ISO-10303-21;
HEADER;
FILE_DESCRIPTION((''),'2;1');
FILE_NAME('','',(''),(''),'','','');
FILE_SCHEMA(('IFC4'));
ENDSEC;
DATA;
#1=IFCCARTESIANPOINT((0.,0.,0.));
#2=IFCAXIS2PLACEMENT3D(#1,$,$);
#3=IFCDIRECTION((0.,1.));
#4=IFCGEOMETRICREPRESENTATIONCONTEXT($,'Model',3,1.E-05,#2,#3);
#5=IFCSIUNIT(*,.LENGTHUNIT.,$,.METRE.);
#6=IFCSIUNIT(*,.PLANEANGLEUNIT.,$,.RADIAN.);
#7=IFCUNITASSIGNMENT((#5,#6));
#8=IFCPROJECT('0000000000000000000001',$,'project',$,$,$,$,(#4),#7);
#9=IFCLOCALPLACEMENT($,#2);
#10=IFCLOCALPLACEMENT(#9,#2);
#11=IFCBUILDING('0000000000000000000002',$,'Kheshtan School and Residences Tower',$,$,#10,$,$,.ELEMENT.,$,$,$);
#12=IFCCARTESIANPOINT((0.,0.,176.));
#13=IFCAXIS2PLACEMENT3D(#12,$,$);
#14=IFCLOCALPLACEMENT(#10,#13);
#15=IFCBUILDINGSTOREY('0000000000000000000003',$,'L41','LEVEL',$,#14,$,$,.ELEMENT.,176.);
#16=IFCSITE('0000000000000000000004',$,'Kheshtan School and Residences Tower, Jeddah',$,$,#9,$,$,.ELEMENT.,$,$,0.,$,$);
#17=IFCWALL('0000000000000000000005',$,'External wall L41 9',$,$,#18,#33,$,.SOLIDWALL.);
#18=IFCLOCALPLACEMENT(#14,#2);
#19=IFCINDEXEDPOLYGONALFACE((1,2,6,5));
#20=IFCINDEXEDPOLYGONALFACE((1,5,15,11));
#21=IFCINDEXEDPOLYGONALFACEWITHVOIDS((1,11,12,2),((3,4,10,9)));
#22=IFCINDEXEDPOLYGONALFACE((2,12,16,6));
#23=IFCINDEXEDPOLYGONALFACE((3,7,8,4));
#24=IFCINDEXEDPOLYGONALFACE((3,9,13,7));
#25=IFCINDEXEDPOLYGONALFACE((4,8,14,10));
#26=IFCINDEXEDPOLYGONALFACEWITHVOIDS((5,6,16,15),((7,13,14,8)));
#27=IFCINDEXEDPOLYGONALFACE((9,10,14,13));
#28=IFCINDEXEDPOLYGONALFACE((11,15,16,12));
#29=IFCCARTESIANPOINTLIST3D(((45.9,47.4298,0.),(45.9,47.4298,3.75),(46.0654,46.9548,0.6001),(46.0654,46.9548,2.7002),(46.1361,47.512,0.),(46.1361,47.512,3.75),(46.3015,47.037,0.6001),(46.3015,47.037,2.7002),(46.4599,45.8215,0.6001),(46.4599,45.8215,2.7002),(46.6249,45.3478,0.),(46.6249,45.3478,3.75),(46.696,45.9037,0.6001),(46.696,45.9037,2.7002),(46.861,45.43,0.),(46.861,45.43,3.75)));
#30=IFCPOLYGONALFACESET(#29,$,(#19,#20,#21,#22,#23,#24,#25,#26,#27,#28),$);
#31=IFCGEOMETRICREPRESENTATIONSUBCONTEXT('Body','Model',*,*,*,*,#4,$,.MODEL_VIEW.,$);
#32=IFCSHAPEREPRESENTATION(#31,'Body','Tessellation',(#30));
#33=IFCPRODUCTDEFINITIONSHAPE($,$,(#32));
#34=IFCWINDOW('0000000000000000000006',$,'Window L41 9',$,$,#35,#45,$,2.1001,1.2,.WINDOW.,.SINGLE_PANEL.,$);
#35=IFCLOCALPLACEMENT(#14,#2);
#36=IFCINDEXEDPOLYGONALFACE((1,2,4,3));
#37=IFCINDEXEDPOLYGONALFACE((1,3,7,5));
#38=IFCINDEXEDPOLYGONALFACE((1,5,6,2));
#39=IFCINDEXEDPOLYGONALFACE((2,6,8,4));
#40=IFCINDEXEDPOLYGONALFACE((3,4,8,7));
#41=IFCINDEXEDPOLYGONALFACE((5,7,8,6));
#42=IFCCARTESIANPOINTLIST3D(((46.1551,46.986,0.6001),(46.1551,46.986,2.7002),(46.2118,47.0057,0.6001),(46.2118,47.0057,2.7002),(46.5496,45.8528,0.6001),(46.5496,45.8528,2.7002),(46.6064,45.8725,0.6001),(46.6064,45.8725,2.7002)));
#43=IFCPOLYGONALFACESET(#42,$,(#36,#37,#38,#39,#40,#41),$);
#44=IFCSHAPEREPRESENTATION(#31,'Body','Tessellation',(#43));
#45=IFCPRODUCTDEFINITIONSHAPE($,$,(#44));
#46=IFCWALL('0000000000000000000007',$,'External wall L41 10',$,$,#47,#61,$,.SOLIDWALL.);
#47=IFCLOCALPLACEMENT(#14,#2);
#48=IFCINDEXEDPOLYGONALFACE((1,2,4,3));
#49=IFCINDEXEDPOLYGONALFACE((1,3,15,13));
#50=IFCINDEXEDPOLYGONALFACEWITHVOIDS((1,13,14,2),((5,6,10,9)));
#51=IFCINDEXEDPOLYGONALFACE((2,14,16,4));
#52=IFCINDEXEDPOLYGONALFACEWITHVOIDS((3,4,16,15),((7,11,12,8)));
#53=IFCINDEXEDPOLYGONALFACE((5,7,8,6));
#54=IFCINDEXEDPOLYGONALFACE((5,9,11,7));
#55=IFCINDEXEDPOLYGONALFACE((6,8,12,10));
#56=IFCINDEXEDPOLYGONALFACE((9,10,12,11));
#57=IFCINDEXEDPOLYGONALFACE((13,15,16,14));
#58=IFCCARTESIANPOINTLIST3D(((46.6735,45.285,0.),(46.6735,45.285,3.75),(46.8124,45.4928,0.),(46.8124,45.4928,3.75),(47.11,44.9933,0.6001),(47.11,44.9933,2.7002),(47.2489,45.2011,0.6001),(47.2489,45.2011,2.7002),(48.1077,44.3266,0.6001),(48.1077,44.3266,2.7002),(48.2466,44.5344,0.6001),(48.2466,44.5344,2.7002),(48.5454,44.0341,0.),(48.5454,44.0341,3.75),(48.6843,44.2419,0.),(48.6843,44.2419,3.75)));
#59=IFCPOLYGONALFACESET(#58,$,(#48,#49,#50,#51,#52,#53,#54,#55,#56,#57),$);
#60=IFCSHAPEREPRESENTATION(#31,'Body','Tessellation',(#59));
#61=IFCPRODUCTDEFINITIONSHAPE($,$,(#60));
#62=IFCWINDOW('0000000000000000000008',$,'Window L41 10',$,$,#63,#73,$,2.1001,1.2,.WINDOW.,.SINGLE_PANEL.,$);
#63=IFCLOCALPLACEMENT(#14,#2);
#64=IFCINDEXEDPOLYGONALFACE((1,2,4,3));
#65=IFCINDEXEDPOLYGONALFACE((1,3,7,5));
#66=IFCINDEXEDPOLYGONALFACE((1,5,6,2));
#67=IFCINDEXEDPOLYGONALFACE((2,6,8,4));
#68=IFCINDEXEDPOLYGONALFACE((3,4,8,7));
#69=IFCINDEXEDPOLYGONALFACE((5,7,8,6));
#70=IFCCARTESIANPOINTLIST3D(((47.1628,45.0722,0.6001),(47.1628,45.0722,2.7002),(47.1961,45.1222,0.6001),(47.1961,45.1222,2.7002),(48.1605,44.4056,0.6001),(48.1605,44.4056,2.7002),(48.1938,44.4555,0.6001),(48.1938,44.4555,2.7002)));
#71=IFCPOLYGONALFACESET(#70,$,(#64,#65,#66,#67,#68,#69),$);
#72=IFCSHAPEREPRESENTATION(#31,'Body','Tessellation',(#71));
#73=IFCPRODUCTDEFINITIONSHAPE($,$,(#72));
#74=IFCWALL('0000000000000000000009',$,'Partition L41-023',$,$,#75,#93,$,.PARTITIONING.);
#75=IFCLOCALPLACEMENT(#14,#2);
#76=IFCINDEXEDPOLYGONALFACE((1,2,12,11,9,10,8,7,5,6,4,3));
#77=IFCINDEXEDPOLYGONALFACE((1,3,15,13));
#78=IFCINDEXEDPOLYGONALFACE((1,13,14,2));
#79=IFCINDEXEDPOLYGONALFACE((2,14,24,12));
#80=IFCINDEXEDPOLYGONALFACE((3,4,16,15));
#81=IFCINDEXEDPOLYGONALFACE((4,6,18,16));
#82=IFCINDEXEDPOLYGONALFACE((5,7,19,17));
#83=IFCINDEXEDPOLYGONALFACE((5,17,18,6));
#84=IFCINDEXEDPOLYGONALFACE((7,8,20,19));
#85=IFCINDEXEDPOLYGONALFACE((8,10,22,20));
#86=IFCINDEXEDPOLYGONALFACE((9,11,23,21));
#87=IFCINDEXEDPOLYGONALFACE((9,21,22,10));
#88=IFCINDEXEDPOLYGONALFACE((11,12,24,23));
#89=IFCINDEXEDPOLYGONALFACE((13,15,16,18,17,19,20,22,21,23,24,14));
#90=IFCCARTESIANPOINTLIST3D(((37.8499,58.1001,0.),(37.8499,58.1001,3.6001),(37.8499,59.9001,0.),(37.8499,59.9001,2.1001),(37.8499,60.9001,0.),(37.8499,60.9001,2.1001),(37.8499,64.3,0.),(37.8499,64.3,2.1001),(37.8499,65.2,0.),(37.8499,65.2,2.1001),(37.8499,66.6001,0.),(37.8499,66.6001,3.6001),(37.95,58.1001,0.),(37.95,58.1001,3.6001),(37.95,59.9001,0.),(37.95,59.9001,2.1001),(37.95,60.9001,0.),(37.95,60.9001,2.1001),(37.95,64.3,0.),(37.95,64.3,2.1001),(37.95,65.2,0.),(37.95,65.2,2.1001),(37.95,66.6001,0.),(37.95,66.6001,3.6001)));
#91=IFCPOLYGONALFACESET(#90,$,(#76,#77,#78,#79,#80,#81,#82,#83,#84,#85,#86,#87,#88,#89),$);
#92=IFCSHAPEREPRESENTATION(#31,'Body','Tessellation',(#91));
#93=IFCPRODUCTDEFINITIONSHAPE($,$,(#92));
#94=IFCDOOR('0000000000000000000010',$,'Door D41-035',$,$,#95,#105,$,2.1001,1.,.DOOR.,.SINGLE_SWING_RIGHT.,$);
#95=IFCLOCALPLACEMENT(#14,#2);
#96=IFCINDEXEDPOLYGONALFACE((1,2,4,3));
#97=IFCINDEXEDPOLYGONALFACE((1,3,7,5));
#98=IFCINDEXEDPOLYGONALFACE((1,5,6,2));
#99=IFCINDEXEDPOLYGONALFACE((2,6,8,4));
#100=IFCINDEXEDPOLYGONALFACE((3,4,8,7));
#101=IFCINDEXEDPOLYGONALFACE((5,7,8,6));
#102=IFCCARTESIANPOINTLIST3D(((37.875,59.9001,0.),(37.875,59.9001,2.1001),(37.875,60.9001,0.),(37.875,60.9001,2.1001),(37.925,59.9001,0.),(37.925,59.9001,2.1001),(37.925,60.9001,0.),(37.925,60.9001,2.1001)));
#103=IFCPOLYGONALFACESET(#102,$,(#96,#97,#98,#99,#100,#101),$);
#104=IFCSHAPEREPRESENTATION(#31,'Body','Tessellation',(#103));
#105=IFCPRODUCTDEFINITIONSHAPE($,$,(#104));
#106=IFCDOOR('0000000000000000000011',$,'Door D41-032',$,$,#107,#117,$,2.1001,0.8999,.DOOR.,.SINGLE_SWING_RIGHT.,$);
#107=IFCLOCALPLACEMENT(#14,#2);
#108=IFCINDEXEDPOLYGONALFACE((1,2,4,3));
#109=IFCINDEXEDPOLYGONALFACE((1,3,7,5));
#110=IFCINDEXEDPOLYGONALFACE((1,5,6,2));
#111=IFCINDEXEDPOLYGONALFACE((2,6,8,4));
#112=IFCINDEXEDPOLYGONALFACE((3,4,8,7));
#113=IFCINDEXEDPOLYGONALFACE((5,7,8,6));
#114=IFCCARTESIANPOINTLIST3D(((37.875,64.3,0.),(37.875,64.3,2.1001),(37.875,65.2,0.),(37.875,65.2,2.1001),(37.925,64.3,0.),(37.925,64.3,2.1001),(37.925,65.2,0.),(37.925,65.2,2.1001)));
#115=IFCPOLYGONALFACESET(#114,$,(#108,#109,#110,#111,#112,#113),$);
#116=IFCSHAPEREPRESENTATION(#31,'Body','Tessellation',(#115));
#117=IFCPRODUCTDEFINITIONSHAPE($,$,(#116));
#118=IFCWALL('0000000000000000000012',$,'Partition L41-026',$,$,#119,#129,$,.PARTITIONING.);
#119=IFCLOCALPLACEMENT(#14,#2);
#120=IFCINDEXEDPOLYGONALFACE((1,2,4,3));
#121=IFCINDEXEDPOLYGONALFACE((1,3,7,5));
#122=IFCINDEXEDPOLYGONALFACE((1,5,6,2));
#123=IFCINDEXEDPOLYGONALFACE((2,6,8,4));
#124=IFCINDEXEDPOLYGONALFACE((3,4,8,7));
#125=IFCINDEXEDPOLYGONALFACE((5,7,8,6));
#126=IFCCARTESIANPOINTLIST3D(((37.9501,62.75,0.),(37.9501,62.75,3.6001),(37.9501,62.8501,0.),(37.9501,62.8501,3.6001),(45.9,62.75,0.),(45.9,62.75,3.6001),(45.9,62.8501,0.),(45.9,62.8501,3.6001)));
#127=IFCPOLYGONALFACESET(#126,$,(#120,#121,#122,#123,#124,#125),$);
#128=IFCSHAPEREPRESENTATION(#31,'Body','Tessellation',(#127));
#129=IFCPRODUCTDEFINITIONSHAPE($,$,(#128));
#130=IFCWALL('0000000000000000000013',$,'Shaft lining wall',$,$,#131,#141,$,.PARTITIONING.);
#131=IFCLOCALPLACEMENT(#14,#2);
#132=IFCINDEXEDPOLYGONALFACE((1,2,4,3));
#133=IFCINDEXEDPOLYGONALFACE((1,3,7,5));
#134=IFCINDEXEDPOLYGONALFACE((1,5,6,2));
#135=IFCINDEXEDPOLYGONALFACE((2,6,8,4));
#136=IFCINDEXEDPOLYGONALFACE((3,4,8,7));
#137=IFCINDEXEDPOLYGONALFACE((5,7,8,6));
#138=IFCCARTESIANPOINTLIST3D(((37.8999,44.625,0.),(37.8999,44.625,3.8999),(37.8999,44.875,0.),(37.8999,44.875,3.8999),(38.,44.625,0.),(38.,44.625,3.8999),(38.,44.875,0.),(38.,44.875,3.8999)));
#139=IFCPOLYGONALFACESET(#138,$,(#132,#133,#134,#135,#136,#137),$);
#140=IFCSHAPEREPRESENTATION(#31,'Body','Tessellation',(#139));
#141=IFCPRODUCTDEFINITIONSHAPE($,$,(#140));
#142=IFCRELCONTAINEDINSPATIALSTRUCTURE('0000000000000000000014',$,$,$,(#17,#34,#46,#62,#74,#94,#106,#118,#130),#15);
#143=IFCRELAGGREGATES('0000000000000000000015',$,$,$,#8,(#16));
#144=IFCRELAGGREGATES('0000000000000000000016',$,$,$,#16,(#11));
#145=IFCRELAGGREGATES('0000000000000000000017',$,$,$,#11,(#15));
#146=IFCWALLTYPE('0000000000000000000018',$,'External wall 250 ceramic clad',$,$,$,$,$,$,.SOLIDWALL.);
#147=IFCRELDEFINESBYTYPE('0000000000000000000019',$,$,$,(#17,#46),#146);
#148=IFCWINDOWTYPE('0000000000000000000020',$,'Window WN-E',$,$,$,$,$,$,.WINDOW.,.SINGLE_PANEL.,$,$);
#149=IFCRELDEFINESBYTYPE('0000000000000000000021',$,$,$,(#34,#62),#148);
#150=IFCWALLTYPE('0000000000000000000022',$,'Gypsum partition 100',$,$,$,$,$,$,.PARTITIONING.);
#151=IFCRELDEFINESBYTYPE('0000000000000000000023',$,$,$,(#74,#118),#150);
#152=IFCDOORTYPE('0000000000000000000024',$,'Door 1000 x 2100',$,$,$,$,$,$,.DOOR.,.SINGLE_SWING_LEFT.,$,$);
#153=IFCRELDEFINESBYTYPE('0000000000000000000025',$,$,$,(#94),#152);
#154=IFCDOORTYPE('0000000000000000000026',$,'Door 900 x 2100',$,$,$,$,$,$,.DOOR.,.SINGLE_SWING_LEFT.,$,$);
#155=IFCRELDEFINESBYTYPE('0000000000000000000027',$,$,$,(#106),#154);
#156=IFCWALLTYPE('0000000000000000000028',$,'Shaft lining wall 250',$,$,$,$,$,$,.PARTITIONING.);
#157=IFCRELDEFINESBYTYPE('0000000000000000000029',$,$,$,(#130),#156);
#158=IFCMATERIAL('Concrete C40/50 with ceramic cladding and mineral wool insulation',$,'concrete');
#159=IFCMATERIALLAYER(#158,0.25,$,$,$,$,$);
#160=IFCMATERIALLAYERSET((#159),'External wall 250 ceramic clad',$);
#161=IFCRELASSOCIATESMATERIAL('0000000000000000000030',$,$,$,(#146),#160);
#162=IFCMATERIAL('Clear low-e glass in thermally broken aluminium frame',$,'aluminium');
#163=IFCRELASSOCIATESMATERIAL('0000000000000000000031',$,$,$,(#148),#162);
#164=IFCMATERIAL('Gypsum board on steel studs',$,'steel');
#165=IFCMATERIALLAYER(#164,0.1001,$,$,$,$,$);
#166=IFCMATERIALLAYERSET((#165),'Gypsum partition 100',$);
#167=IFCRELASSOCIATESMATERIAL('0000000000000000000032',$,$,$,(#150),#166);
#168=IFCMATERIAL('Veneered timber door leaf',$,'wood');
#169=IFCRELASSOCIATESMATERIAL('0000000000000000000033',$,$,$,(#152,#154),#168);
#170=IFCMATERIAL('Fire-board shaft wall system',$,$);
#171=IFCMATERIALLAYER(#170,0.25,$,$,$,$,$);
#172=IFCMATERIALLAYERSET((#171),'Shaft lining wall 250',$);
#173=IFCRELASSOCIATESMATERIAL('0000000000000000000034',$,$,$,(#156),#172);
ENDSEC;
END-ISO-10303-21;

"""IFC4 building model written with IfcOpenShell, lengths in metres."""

from ifc_helpers import new_model, si_unit, direction, frame, frame_2d, origin, place, context, subcontext, project, spatial, rectangle, extrude, source, transform, mapped, material, layer, layer_set, type_object, element, fill, save


model = new_model("IFC4")

# Units and contexts
model_context = context("Model", 3, precision=1e-05, world=origin(), true_north=direction((0.0, 1.0)))
body_context = subcontext(model_context, "Body", "Model", "MODEL_VIEW")
ifc_project = project(units=[si_unit("LENGTHUNIT", "METRE"), si_unit("PLANEANGLEUNIT", "RADIAN")], contexts=[model_context])

# Site, building, storey
site_placement = place(None, origin())
site = spatial("IfcSite", under=ifc_project, at=site_placement, Name="Kheshtan School and Residences Tower, Jeddah", CompositionType="ELEMENT", RefElevation=0.0)
building_placement = place(site_placement, origin())
building = spatial("IfcBuilding", under=site, at=building_placement, Name="Kheshtan School and Residences Tower", CompositionType="ELEMENT")
storey_placement = place(building_placement, frame((0.0, 0.0, 176.0)))
storey = spatial("IfcBuildingStorey", under=building, at=storey_placement, Name="L41", Description="LEVEL", CompositionType="ELEMENT", Elevation=176.0)

# Shared definitions
ifc_material_1 = material(Name="Clear low-e glass in thermally broken aluminium frame", Category="aluminium")

# Walls, openings, windows
ifc_material_2 = material(Name="Concrete C40/50 with ceramic cladding and mineral wool insulation", Category="concrete")
ifc_layer_1 = layer(ifc_material_2, 0.25)
ifc_layer_set_1 = layer_set([ifc_layer_1], Name="External wall 250 ceramic clad")
wall_type_1 = type_object("IfcWallType", Name="External wall 250 ceramic clad", PredefinedType="SOLIDWALL", material=ifc_layer_set_1)
wall_1_placement = place(storey_placement, frame((46.0181, 47.4709, 0.0), z_axis=(0.0, 0.0, 1.0), x_axis=(0.328791, -0.944403, 0.0)))
wall_1 = element("IfcWall", 1, at=wall_1_placement, inside=storey, type_object=wall_type_1, Name="External wall L41 9", PredefinedType="SOLIDWALL", context=body_context, shape_type="SweptSolid", body=[
    extrude(rectangle(XDim=2.2046, YDim=0.25, at=frame_2d((1.1023, 0.0))), origin(), (0.0, 0.0, 1.0), 3.75),
])
opening_1_placement = place(wall_1_placement, frame((0.5029, 0.0, 0.6001)))
opening_1 = element("IfcOpeningElement", 2, at=opening_1_placement, cuts=wall_1, PredefinedType="OPENING", context=body_context, shape_type="SweptSolid", body=[
    extrude(rectangle(XDim=1.2, YDim=2.1001, at=frame_2d((0.6001, 1.05))), frame((0.0, 0.135, 0.0), z_axis=(0.0, -1.0, 0.0), x_axis=(1.0, 0.0, 0.0)), (0.0, 0.0, 1.0), 0.27),
])
window_type = type_object("IfcWindowType", Name="Window WN-E", PartitioningType="SINGLE_PANEL", PredefinedType="WINDOW", material=ifc_material_1)
shared_shape_1 = source(origin(), body_context, "Body", "SweptSolid", [
    extrude(rectangle(XDim=1.2, YDim=2.1001, at=frame_2d((0.6001, 1.05))), frame((0.0, 0.03, 0.0), z_axis=(0.0, -1.0, 0.0), x_axis=(1.0, 0.0, 0.0)), (0.0, 0.0, 1.0), 0.0601),
])
window_1_placement = place(opening_1_placement, origin())
window_1 = element("IfcWindow", 3, at=window_1_placement, inside=storey, type_object=window_type, Name="Window L41 9", OverallHeight=2.1001, OverallWidth=1.2, PartitioningType="SINGLE_PANEL", PredefinedType="WINDOW", context=body_context, shape_type="MappedRepresentation", body=[
    mapped(shared_shape_1, transform((0.0, 0.0, 0.0), x_axis=(1.0, 0.0, 0.0), y_axis=(0.0, 1.0, 0.0), z_axis=(0.0, 0.0, 1.0), scale=1.0)),
])
fill(opening_1, window_1)
wall_2_placement = place(storey_placement, frame((46.7429, 45.3889, 0.0), z_axis=(0.0, 0.0, 1.0), x_axis=(0.831449, -0.555601, 0.0)))
wall_2 = element("IfcWall", 4, at=wall_2_placement, inside=storey, type_object=wall_type_1, Name="External wall L41 10", PredefinedType="SOLIDWALL", context=body_context, shape_type="SweptSolid", body=[
    extrude(rectangle(XDim=2.2515, YDim=0.25, at=frame_2d((1.1257, 0.0))), origin(), (0.0, 0.0, 1.0), 3.75),
])
opening_2_placement = place(wall_2_placement, frame((0.5249, 0.0, 0.6001)))
opening_2 = element("IfcOpeningElement", 5, at=opening_2_placement, cuts=wall_2, PredefinedType="OPENING", context=body_context, shape_type="SweptSolid", body=[
    extrude(rectangle(XDim=1.2, YDim=2.1001, at=frame_2d((0.6001, 1.05))), frame((0.0, 0.135, 0.0), z_axis=(0.0, -1.0, 0.0), x_axis=(1.0, 0.0, 0.0)), (0.0, 0.0, 1.0), 0.27),
])
window_2_placement = place(opening_2_placement, origin())
window_2 = element("IfcWindow", 6, at=window_2_placement, inside=storey, type_object=window_type, Name="Window L41 10", OverallHeight=2.1001, OverallWidth=1.2, PartitioningType="SINGLE_PANEL", PredefinedType="WINDOW", context=body_context, shape_type="MappedRepresentation", body=[
    mapped(shared_shape_1, transform((0.0, 0.0, 0.0), x_axis=(1.0, 0.0, 0.0), y_axis=(0.0, 1.0, 0.0), z_axis=(0.0, 0.0, 1.0), scale=1.0)),
])
fill(opening_2, window_2)

# Wall, openings, doors
ifc_material_3 = material(Name="Gypsum board on steel studs", Category="steel")
ifc_layer_2 = layer(ifc_material_3, 0.1001)
ifc_layer_set_2 = layer_set([ifc_layer_2], Name="Gypsum partition 100")
wall_type_2 = type_object("IfcWallType", Name="Gypsum partition 100", PredefinedType="PARTITIONING", material=ifc_layer_set_2)
wall_3_placement = place(storey_placement, frame((37.8999, 58.1001, 0.0), z_axis=(0.0, 0.0, 1.0), x_axis=(0.0, 1.0, 0.0)))
wall_3 = element("IfcWall", 7, at=wall_3_placement, inside=storey, type_object=wall_type_2, Name="Partition L41-023", PredefinedType="PARTITIONING", context=body_context, shape_type="SweptSolid", body=[
    extrude(rectangle(XDim=8.5, YDim=0.1001, at=frame_2d((4.25, 0.0))), origin(), (0.0, 0.0, 1.0), 3.6001),
])
opening_3_placement = place(wall_3_placement, frame((6.2, 0.0, 0.0)))
opening_3 = element("IfcOpeningElement", 8, at=opening_3_placement, cuts=wall_3, PredefinedType="OPENING", context=body_context, shape_type="SweptSolid", body=[
    extrude(rectangle(XDim=0.8999, YDim=2.1001, at=frame_2d((0.45, 1.05))), frame((0.0, 0.0601, 0.0), z_axis=(0.0, -1.0, 0.0), x_axis=(1.0, 0.0, 0.0)), (0.0, 0.0, 1.0), 0.1201),
])
opening_4_placement = place(wall_3_placement, frame((1.8, 0.0, 0.0)))
opening_4 = element("IfcOpeningElement", 9, at=opening_4_placement, cuts=wall_3, PredefinedType="OPENING", context=body_context, shape_type="SweptSolid", body=[
    extrude(rectangle(XDim=1.0, YDim=2.1001, at=frame_2d((0.5, 1.05))), frame((0.0, 0.0601, 0.0), z_axis=(0.0, -1.0, 0.0), x_axis=(1.0, 0.0, 0.0)), (0.0, 0.0, 1.0), 0.1201),
])
ifc_material_4 = material(Name="Veneered timber door leaf", Category="wood")
door_type_1 = type_object("IfcDoorType", Name="Door 1000 x 2100", OperationType="SINGLE_SWING_LEFT", PredefinedType="DOOR", material=ifc_material_4)
shared_shape_2 = source(origin(), body_context, "Body", "SweptSolid", [
    extrude(rectangle(XDim=1.0, YDim=2.1001, at=frame_2d((0.5, 1.05))), frame((0.0, 0.0249, 0.0), z_axis=(0.0, -1.0, 0.0), x_axis=(1.0, 0.0, 0.0)), (0.0, 0.0, 1.0), 0.05),
])
door_1_placement = place(opening_4_placement, origin())
door_1 = element("IfcDoor", 10, at=door_1_placement, inside=storey, type_object=door_type_1, Name="Door D41-035", OperationType="SINGLE_SWING_RIGHT", OverallHeight=2.1001, OverallWidth=1.0, PredefinedType="DOOR", context=body_context, shape_type="MappedRepresentation", body=[
    mapped(shared_shape_2, transform((0.0, 0.0, 0.0), x_axis=(1.0, 0.0, 0.0), y_axis=(0.0, 1.0, 0.0), z_axis=(0.0, 0.0, 1.0), scale=1.0)),
])
fill(opening_4, door_1)
door_type_2 = type_object("IfcDoorType", Name="Door 900 x 2100", OperationType="SINGLE_SWING_LEFT", PredefinedType="DOOR", material=ifc_material_4)
shared_shape_3 = source(origin(), body_context, "Body", "SweptSolid", [
    extrude(rectangle(XDim=0.8999, YDim=2.1001, at=frame_2d((0.45, 1.05))), frame((0.0, 0.0249, 0.0), z_axis=(0.0, -1.0, 0.0), x_axis=(1.0, 0.0, 0.0)), (0.0, 0.0, 1.0), 0.05),
])
door_2_placement = place(opening_3_placement, origin())
door_2 = element("IfcDoor", 11, at=door_2_placement, inside=storey, type_object=door_type_2, Name="Door D41-032", OperationType="SINGLE_SWING_RIGHT", OverallHeight=2.1001, OverallWidth=0.8999, PredefinedType="DOOR", context=body_context, shape_type="MappedRepresentation", body=[
    mapped(shared_shape_3, transform((0.0, 0.0, 0.0), x_axis=(1.0, 0.0, 0.0), y_axis=(0.0, 1.0, 0.0), z_axis=(0.0, 0.0, 1.0), scale=1.0)),
])
fill(opening_3, door_2)

# Walls
wall_4_placement = place(storey_placement, frame((37.95, 62.8, 0.0), z_axis=(0.0, 0.0, 1.0), x_axis=(1.0, 0.0, 0.0)))
element("IfcWall", 12, at=wall_4_placement, inside=storey, type_object=wall_type_2, Name="Partition L41-026", PredefinedType="PARTITIONING", context=body_context, shape_type="SweptSolid", body=[
    extrude(rectangle(XDim=7.95, YDim=0.1001, at=frame_2d((3.9751, 0.0))), origin(), (0.0, 0.0, 1.0), 3.6001),
])
ifc_material_5 = material(Name="Fire-board shaft wall system")
ifc_layer_3 = layer(ifc_material_5, 0.25)
ifc_layer_set_3 = layer_set([ifc_layer_3], Name="Shaft lining wall 250")
wall_type_3 = type_object("IfcWallType", Name="Shaft lining wall 250", PredefinedType="PARTITIONING", material=ifc_layer_set_3)
wall_5_placement = place(storey_placement, frame((37.8999, 44.75, 0.0), z_axis=(0.0, 0.0, 1.0), x_axis=(1.0, 0.0, 0.0)))
element("IfcWall", 13, at=wall_5_placement, inside=storey, type_object=wall_type_3, Name="Shaft lining wall", PredefinedType="PARTITIONING", context=body_context, shape_type="SweptSolid", body=[
    extrude(rectangle(XDim=0.1001, YDim=0.25, at=frame_2d((0.05, 0.0))), origin(), (0.0, 0.0, 1.0), 3.8999),
])

save(model, "model.ifc")
